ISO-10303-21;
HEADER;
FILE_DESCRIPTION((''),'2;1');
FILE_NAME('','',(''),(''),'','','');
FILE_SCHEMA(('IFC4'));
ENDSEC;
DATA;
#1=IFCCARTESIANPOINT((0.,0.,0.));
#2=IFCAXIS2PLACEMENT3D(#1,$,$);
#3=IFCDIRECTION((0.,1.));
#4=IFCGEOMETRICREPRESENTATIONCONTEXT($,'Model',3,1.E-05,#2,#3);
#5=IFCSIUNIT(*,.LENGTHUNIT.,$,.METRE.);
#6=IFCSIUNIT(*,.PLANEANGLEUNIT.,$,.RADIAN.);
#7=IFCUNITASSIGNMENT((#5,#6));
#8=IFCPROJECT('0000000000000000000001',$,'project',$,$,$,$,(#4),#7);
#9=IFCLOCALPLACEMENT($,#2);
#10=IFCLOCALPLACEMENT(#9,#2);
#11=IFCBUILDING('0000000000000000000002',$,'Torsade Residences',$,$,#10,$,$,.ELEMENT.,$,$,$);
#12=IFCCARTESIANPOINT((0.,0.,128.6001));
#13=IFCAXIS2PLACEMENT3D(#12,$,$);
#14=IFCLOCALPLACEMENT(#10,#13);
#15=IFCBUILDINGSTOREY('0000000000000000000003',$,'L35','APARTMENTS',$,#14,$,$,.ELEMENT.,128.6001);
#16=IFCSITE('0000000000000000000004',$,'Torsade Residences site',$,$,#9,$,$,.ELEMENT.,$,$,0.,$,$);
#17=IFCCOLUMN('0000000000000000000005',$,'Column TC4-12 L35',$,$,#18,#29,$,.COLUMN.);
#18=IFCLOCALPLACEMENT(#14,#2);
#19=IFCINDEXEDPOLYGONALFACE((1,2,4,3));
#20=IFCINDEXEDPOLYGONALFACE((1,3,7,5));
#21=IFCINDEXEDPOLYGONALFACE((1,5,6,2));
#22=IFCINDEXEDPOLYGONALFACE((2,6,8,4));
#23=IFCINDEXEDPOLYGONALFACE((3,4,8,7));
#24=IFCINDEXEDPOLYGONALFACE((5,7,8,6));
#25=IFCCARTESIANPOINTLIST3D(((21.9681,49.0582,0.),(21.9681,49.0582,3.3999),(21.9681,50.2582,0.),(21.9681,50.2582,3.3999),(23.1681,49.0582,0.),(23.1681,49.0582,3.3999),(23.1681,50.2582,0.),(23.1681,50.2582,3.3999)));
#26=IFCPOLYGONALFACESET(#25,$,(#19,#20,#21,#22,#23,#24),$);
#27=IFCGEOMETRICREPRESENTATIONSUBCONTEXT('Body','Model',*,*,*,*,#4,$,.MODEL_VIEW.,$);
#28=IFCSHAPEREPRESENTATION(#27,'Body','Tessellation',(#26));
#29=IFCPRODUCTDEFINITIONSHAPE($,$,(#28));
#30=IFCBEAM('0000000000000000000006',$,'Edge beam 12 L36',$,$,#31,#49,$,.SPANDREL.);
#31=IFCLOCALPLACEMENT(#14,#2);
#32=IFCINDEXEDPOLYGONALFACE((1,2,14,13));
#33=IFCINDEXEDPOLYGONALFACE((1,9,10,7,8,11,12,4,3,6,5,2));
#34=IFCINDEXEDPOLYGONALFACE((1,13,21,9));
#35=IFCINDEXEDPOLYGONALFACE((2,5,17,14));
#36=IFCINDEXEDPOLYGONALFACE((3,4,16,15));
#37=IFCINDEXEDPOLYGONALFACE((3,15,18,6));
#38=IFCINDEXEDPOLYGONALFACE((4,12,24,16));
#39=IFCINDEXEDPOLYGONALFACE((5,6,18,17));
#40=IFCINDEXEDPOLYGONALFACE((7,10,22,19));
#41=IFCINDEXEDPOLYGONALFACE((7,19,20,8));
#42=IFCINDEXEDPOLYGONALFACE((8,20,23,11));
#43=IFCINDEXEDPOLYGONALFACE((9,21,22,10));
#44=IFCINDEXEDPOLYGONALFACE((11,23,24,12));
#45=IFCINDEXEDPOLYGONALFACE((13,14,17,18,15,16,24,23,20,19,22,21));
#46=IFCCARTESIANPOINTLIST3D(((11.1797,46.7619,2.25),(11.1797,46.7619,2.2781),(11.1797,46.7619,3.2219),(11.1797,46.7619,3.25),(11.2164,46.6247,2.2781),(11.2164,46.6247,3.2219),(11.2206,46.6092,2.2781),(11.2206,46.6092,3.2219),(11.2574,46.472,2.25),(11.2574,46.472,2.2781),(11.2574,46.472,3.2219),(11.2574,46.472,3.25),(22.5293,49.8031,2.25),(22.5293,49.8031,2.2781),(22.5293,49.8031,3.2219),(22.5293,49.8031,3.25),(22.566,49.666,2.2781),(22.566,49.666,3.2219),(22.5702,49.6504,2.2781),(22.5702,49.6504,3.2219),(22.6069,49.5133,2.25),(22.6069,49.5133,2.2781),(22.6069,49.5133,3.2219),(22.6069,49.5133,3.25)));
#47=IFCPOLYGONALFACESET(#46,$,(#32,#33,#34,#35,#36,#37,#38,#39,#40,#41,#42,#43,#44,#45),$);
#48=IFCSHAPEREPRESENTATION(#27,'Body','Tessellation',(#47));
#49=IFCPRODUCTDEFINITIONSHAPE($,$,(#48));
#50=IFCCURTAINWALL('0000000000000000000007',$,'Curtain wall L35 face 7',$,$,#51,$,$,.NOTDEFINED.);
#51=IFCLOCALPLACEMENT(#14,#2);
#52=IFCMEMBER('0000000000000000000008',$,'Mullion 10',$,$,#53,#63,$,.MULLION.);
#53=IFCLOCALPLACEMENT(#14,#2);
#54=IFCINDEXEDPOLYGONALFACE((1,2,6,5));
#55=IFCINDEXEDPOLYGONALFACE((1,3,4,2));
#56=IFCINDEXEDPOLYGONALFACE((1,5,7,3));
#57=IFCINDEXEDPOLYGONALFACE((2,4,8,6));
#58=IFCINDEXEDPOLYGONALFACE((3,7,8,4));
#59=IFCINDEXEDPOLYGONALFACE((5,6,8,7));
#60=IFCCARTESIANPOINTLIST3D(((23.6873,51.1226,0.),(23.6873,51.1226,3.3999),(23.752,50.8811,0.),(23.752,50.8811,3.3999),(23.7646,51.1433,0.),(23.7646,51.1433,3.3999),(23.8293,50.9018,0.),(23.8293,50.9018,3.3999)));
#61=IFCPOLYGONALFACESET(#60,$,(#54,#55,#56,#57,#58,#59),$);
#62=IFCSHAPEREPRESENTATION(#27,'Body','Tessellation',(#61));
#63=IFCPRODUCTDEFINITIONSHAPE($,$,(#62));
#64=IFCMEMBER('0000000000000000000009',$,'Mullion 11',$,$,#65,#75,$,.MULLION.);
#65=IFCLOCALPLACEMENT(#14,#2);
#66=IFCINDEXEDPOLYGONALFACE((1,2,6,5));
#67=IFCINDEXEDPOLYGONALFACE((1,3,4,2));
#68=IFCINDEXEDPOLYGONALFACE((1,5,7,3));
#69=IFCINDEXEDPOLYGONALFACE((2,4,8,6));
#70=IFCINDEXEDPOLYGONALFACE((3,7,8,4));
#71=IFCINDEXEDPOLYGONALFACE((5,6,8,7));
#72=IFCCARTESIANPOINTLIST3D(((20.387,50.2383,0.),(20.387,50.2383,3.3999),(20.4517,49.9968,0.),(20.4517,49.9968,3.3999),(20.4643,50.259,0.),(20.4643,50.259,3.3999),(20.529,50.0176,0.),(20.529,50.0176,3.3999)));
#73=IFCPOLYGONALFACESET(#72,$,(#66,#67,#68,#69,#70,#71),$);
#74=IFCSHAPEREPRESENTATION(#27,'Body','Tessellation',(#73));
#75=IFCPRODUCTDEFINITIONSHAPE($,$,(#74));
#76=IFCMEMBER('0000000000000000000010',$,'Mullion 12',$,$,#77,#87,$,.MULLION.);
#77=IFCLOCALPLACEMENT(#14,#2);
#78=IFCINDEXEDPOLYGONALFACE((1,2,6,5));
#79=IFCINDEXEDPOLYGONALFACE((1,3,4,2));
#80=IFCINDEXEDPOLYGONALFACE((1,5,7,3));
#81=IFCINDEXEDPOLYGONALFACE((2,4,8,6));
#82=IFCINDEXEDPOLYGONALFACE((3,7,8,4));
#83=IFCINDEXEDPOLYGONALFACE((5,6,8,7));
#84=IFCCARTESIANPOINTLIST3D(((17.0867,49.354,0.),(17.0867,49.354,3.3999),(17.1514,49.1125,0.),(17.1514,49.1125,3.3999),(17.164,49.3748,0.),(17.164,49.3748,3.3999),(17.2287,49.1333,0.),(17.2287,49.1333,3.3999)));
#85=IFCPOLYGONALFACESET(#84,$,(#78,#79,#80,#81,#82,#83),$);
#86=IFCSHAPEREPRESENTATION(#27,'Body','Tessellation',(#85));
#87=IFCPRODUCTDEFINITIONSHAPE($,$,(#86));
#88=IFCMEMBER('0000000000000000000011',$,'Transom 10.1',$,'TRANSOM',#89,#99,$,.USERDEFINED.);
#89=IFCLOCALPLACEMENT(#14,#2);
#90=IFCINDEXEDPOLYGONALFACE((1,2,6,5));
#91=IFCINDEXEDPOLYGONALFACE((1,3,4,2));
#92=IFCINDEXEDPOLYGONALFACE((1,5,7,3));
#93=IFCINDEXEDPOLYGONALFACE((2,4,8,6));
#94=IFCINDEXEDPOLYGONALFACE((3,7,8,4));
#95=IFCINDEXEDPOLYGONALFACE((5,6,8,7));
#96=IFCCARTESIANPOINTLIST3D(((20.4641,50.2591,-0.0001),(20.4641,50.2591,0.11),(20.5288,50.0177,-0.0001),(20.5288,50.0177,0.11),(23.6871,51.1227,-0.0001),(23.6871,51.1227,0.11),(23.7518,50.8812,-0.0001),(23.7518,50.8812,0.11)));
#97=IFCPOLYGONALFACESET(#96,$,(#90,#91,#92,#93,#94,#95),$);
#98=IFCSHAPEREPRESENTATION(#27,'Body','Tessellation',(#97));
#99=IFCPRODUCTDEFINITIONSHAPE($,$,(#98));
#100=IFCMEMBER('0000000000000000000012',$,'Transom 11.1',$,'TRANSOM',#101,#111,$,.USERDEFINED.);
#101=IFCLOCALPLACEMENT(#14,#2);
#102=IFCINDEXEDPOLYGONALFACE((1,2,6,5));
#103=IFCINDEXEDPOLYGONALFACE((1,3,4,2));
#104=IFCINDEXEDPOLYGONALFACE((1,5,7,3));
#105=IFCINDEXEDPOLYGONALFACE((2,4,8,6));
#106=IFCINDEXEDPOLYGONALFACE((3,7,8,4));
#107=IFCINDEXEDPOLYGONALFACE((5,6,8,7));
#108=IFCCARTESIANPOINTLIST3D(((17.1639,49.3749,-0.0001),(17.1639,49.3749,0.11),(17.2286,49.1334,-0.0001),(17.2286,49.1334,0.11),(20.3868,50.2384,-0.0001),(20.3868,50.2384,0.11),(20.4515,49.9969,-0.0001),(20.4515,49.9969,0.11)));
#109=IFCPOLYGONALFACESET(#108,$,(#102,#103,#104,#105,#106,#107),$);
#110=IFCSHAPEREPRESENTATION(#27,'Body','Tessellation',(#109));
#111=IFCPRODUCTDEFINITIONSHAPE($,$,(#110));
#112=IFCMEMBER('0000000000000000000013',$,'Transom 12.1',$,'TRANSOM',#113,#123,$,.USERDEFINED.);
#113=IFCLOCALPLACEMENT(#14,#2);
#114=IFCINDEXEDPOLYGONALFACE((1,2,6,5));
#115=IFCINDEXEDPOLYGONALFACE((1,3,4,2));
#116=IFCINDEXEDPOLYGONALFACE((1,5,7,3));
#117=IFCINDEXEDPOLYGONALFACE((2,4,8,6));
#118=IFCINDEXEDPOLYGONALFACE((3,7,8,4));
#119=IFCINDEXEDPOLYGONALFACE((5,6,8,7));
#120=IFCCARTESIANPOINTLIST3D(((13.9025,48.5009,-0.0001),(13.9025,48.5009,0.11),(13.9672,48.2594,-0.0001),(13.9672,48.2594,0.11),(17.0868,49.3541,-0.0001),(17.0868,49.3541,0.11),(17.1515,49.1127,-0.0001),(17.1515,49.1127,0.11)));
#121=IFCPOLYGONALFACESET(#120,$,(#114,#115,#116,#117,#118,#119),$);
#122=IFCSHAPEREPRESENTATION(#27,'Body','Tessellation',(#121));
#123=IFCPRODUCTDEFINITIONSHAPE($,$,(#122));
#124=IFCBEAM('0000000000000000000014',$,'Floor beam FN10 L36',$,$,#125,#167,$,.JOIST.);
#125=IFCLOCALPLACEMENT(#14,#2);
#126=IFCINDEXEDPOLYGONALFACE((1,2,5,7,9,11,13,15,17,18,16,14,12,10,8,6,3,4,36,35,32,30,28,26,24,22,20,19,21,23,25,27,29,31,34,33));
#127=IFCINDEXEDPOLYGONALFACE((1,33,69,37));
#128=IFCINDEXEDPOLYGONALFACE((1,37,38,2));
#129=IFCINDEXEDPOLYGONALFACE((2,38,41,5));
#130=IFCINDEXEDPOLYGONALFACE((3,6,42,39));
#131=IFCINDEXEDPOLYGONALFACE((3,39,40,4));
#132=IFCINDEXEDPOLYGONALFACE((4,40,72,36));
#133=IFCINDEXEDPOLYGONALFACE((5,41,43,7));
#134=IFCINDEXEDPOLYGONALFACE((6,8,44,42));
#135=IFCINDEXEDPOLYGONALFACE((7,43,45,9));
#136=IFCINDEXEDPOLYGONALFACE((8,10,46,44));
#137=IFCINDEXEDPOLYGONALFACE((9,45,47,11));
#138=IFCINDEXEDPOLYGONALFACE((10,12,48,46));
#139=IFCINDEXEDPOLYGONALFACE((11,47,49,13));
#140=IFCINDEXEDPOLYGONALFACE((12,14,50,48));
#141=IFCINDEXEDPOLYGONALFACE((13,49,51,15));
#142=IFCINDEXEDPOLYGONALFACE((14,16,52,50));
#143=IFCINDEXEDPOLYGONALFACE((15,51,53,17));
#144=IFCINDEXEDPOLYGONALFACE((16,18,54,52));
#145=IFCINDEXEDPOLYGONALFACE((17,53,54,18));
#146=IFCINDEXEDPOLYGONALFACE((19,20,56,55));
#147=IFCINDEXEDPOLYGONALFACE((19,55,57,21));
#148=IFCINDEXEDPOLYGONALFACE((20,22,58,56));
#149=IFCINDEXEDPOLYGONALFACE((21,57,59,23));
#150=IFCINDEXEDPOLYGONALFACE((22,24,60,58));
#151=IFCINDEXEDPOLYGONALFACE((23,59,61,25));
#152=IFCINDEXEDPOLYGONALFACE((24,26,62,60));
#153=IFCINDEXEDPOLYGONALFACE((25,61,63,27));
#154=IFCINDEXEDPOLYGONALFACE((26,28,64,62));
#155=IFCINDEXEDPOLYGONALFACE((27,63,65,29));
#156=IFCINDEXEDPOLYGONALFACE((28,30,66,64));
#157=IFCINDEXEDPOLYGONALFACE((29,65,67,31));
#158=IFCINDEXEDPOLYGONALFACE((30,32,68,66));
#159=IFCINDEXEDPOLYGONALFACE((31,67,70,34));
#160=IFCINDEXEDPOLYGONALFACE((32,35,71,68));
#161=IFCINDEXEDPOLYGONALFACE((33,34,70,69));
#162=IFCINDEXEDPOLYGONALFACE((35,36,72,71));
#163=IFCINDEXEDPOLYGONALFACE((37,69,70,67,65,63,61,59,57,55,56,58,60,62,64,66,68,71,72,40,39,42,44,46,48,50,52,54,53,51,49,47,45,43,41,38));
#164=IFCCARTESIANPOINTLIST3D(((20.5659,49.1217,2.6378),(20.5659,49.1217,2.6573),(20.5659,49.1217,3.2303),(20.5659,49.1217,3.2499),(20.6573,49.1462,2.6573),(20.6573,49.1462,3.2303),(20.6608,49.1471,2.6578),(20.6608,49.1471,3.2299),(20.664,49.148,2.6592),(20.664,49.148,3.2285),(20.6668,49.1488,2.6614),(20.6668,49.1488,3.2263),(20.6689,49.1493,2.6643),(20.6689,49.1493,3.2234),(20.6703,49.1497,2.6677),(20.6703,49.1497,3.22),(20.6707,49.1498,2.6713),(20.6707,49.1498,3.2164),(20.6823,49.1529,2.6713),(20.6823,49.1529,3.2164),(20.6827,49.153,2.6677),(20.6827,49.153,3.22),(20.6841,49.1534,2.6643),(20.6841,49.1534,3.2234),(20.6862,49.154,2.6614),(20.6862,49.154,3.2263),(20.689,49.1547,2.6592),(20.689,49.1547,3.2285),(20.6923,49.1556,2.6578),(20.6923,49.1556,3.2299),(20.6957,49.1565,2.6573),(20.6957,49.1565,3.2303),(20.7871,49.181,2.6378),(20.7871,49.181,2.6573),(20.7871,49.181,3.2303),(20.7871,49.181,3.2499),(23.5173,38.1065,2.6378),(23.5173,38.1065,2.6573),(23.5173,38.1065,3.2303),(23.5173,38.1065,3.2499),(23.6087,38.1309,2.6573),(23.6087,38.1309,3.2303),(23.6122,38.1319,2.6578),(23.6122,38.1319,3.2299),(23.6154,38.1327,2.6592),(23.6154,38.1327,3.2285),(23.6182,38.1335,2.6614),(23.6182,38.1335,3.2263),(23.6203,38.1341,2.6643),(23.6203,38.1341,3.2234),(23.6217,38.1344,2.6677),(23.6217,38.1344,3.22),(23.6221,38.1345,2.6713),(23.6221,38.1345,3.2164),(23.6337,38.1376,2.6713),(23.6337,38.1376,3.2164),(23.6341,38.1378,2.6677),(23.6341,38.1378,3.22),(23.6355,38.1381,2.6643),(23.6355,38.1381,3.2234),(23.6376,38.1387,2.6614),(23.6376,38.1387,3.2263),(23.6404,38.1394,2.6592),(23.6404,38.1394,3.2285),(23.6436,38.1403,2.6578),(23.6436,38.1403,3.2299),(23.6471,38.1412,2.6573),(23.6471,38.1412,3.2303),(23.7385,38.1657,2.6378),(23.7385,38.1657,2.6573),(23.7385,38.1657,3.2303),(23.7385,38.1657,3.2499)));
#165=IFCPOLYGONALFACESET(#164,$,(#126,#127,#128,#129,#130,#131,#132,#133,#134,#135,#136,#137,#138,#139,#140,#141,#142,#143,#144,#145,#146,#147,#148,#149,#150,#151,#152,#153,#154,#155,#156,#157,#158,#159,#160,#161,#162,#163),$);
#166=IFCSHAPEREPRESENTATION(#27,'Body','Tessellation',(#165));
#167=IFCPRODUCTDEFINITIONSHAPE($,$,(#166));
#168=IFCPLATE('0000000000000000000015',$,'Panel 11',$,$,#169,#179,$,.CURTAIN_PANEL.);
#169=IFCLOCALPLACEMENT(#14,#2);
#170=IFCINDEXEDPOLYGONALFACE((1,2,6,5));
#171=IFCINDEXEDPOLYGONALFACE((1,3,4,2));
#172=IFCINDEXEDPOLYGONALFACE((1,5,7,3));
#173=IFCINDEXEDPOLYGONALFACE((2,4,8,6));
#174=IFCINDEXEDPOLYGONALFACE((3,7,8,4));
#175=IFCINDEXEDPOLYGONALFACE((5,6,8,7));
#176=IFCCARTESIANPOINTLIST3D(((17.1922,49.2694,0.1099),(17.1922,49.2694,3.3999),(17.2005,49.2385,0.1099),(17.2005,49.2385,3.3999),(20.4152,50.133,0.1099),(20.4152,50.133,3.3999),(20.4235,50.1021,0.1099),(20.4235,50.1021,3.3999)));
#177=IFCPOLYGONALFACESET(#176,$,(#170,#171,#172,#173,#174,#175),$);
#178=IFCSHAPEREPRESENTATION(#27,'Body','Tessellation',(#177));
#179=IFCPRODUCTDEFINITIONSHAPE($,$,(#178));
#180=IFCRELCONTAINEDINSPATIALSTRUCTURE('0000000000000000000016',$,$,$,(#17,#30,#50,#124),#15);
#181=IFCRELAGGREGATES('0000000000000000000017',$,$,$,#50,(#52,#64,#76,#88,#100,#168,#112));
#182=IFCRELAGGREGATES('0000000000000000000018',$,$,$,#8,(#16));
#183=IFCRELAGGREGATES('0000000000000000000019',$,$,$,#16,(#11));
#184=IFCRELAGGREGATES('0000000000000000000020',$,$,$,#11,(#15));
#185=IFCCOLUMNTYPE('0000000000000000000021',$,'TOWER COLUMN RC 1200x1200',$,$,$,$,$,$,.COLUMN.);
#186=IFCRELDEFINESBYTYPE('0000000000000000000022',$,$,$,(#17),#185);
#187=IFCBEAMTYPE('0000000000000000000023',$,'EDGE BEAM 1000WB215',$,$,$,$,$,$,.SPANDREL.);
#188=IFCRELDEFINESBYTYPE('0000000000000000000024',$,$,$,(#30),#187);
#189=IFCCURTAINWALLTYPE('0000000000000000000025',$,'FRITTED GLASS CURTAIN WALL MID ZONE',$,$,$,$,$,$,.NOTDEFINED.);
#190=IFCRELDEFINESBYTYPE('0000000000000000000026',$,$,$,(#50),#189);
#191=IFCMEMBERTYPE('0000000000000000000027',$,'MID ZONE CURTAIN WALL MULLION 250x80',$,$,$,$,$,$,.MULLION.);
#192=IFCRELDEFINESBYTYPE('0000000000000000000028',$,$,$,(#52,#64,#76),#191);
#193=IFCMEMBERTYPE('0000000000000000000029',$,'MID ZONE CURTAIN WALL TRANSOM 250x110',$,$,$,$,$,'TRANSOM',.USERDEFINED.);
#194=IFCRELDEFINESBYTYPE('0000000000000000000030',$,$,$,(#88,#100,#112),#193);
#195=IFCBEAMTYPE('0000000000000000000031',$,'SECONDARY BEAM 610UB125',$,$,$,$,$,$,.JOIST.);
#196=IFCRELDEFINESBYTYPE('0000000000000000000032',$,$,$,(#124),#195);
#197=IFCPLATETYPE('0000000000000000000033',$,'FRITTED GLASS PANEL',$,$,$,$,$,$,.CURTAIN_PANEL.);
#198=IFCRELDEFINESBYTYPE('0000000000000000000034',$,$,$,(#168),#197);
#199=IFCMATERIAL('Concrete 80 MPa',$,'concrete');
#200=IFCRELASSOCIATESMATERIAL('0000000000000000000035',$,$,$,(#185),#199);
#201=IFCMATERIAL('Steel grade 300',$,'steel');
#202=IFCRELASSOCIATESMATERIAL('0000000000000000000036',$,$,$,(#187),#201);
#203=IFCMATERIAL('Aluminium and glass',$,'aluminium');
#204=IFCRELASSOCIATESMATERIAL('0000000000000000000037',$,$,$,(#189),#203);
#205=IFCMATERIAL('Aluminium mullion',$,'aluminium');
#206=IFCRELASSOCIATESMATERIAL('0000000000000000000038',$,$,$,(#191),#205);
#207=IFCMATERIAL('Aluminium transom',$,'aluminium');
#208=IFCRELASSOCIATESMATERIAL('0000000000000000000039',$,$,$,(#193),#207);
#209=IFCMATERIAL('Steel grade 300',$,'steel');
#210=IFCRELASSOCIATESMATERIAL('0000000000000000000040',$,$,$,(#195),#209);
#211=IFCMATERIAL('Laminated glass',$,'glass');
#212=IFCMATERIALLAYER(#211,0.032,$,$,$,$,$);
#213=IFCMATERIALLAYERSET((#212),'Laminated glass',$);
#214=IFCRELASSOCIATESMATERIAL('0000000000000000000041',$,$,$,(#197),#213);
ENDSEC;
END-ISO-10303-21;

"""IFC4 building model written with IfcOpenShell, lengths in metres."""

from ifc_helpers import new_model, si_unit, direction, frame, origin, origin_2d, place, context, subcontext, project, spatial, rectangle, i_section, extrude, material, layer, layer_set, material_profile, profile_set, type_object, element, aggregate, save


model = new_model("IFC4")

# Units and contexts
model_context = context("Model", 3, precision=1e-05, world=origin(), true_north=direction((0.0, 1.0)))
body_context = subcontext(model_context, "Body", "Model", "MODEL_VIEW")
ifc_project = project(units=[si_unit("LENGTHUNIT", "METRE"), si_unit("PLANEANGLEUNIT", "RADIAN")], contexts=[model_context])

# Site, building, storey
site_placement = place(None, origin())
site = spatial("IfcSite", under=ifc_project, at=site_placement, Name="Torsade Residences site", CompositionType="ELEMENT", RefElevation=0.0)
building_placement = place(site_placement, origin())
building = spatial("IfcBuilding", under=site, at=building_placement, Name="Torsade Residences", CompositionType="ELEMENT")
storey_placement = place(building_placement, frame((0.0, 0.0, 128.6001)))
storey = spatial("IfcBuildingStorey", under=building, at=storey_placement, Name="L35", Description="APARTMENTS", CompositionType="ELEMENT", Elevation=128.6001)

# Column
ifc_material_1 = material(Name="Concrete 80 MPa", Category="concrete")
ifc_material_profile_1 = material_profile(ifc_material_1, rectangle(XDim=1.2, YDim=1.2, at=origin_2d()), Name="RC 1200x1200")
ifc_profile_set_1 = profile_set([ifc_material_profile_1], Name="Concrete 80 MPa")
column_type = type_object("IfcColumnType", Name="TOWER COLUMN RC 1200x1200", PredefinedType="COLUMN", material=ifc_profile_set_1)
column_placement = place(storey_placement, frame((22.5681, 49.6582, 0.0), z_axis=(0.0, 0.0, 1.0), x_axis=(1.0, 0.0, 0.0)))
element("IfcColumn", 1, at=column_placement, inside=storey, type_object=column_type, Name="Column TC4-12 L35", PredefinedType="COLUMN", context=body_context, shape_type="SweptSolid", body=[
    extrude(rectangle(XDim=1.2, YDim=1.2, at=origin_2d()), origin(), (0.0, 0.0, 1.0), 3.3999),
])

# Beam
ifc_material_2 = material(Name="Steel grade 300", Category="steel")
ifc_material_profile_2 = material_profile(ifc_material_2, i_section(OverallWidth=0.3, OverallDepth=1.0, WebThickness=0.0161, FlangeThickness=0.0281, at=origin_2d()), Name="1000WB215")
ifc_profile_set_2 = profile_set([ifc_material_profile_2], Name="Steel grade 300")
beam_type_1 = type_object("IfcBeamType", Name="EDGE BEAM 1000WB215", PredefinedType="SPANDREL", material=ifc_profile_set_2)
beam_1_placement = place(storey_placement, frame((22.5681, 49.6582, 2.75), z_axis=(-0.965923, -0.25883, 0.0), x_axis=(0.25883, -0.965923, 0.0)))
element("IfcBeam", 2, at=beam_1_placement, inside=storey, type_object=beam_type_1, Name="Edge beam 12 L36", PredefinedType="SPANDREL", context=body_context, shape_type="SweptSolid", body=[
    extrude(i_section(OverallWidth=0.3, OverallDepth=1.0, WebThickness=0.0161, FlangeThickness=0.0281, at=origin_2d()), origin(), (0.0, 0.0, 1.0), 11.75),
])

# Curtain wall, members
ifc_material_3 = material(Name="Aluminium and glass", Category="aluminium")
curtain_wall_type = type_object("IfcCurtainWallType", Name="FRITTED GLASS CURTAIN WALL MID ZONE", PredefinedType="NOTDEFINED", material=ifc_material_3)
curtain_wall_placement = place(storey_placement, origin())
curtain_wall = element("IfcCurtainWall", 3, at=curtain_wall_placement, inside=storey, type_object=curtain_wall_type, Name="Curtain wall L35 face 7", PredefinedType="NOTDEFINED")
ifc_material_4 = material(Name="Aluminium mullion", Category="aluminium")
ifc_material_profile_3 = material_profile(ifc_material_4, rectangle(XDim=0.25, YDim=0.0801, at=origin_2d()), Name="MID ZONE CURTAIN WALL MULLION 250x80")
ifc_profile_set_3 = profile_set([ifc_material_profile_3], Name="Aluminium mullion")
member_type_1 = type_object("IfcMemberType", Name="MID ZONE CURTAIN WALL MULLION 250x80", PredefinedType="MULLION", material=ifc_profile_set_3)
member_1_placement = place(storey_placement, frame((23.7583, 51.0122, 0.0), z_axis=(0.0, 0.0, 1.0), x_axis=(0.258819, -0.965926, 0.0)))
member_1 = element("IfcMember", 4, at=member_1_placement, type_object=member_type_1, Name="Mullion 10", PredefinedType="MULLION", context=body_context, shape_type="SweptSolid", body=[
    extrude(rectangle(XDim=0.25, YDim=0.0801, at=origin_2d()), origin(), (0.0, 0.0, 1.0), 3.3999),
])
member_2_placement = place(storey_placement, frame((20.458, 50.1279, 0.0), z_axis=(0.0, 0.0, 1.0), x_axis=(0.258819, -0.965926, 0.0)))
member_2 = element("IfcMember", 5, at=member_2_placement, type_object=member_type_1, Name="Mullion 11", PredefinedType="MULLION", context=body_context, shape_type="SweptSolid", body=[
    extrude(rectangle(XDim=0.25, YDim=0.0801, at=origin_2d()), origin(), (0.0, 0.0, 1.0), 3.3999),
])
member_3_placement = place(storey_placement, frame((17.1577, 49.2437, 0.0), z_axis=(0.0, 0.0, 1.0), x_axis=(0.258819, -0.965926, 0.0)))
member_3 = element("IfcMember", 6, at=member_3_placement, type_object=member_type_1, Name="Mullion 12", PredefinedType="MULLION", context=body_context, shape_type="SweptSolid", body=[
    extrude(rectangle(XDim=0.25, YDim=0.0801, at=origin_2d()), origin(), (0.0, 0.0, 1.0), 3.3999),
])
ifc_material_5 = material(Name="Aluminium transom", Category="aluminium")
ifc_material_profile_4 = material_profile(ifc_material_5, rectangle(XDim=0.25, YDim=0.1101, at=origin_2d()), Name="MID ZONE CURTAIN WALL TRANSOM 250x110")
ifc_profile_set_4 = profile_set([ifc_material_profile_4], Name="Aluminium transom")
member_type_2 = type_object("IfcMemberType", Name="MID ZONE CURTAIN WALL TRANSOM 250x110", ElementType="TRANSOM", PredefinedType="USERDEFINED", material=ifc_profile_set_4)
member_4_placement = place(storey_placement, frame((23.7195, 51.002, 0.0549), z_axis=(-0.965929, -0.258806, 0.0), x_axis=(0.258806, -0.965929, 0.0)))
member_4 = element("IfcMember", 7, at=member_4_placement, type_object=member_type_2, Name="Transom 10.1", ObjectType="TRANSOM", PredefinedType="USERDEFINED", context=body_context, shape_type="SweptSolid", body=[
    extrude(rectangle(XDim=0.25, YDim=0.1101, at=origin_2d()), origin(), (0.0, 0.0, 1.0), 3.3367),
])
member_5_placement = place(storey_placement, frame((20.4192, 50.1177, 0.0549), z_axis=(-0.965929, -0.258806, 0.0), x_axis=(0.258806, -0.965929, 0.0)))
member_5 = element("IfcMember", 8, at=member_5_placement, type_object=member_type_2, Name="Transom 11.1", ObjectType="TRANSOM", PredefinedType="USERDEFINED", context=body_context, shape_type="SweptSolid", body=[
    extrude(rectangle(XDim=0.25, YDim=0.1101, at=origin_2d()), origin(), (0.0, 0.0, 1.0), 3.3367),
])
member_6_placement = place(storey_placement, frame((17.1191, 49.2334, 0.0549), z_axis=(-0.965923, -0.258829, 0.0), x_axis=(0.258829, -0.965923, 0.0)))
member_6 = element("IfcMember", 9, at=member_6_placement, type_object=member_type_2, Name="Transom 12.1", ObjectType="TRANSOM", PredefinedType="USERDEFINED", context=body_context, shape_type="SweptSolid", body=[
    extrude(rectangle(XDim=0.25, YDim=0.1101, at=origin_2d()), origin(), (0.0, 0.0, 1.0), 3.2966),
])

# Beam
ifc_material_6 = material(Name="Steel grade 300", Category="steel")
ifc_material_profile_5 = material_profile(ifc_material_6, i_section(OverallWidth=0.229, OverallDepth=0.6121, WebThickness=0.012, FlangeThickness=0.0195, FilletRadius=0.0139, at=origin_2d()), Name="610UB125")
ifc_profile_set_5 = profile_set([ifc_material_profile_5], Name="Steel grade 300")
beam_type_2 = type_object("IfcBeamType", Name="SECONDARY BEAM 610UB125", PredefinedType="JOIST", material=ifc_profile_set_5)
beam_2_placement = place(storey_placement, frame((20.6765, 49.1514, 2.9438), z_axis=(0.258807, -0.965929, 0.0), x_axis=(0.965929, 0.258807, 0.0)))
element("IfcBeam", 10, at=beam_2_placement, inside=storey, type_object=beam_type_2, Name="Floor beam FN10 L36", PredefinedType="JOIST", context=body_context, shape_type="SweptSolid", body=[
    extrude(i_section(OverallWidth=0.229, OverallDepth=0.6121, WebThickness=0.012, FlangeThickness=0.0195, FilletRadius=0.0139, at=origin_2d()), origin(), (0.0, 0.0, 1.0), 11.4038),
])

# Plate
ifc_material_7 = material(Name="Laminated glass", Category="glass")
ifc_layer_1 = layer(ifc_material_7, 0.032)
ifc_layer_set_1 = layer_set([ifc_layer_1], Name="Laminated glass")
plate_type_1 = type_object("IfcPlateType", Name="FRITTED GLASS PANEL", PredefinedType="CURTAIN_PANEL", material=ifc_layer_set_1)
plate_1_placement = place(storey_placement, frame((18.8079, 49.6858, 0.1099), z_axis=(0.0, 0.0, 1.0), x_axis=(-0.965926, -0.258819, 0.0)))
plate_1 = element("IfcPlate", 11, at=plate_1_placement, type_object=plate_type_1, Name="Panel 11", PredefinedType="CURTAIN_PANEL", context=body_context, shape_type="SweptSolid", body=[
    extrude(rectangle(XDim=3.3367, YDim=0.032, at=origin_2d()), origin(), (0.0, 0.0, 1.0), 3.29),
])
aggregate(curtain_wall, [member_1, member_2, member_3, member_4, member_5, plate_1, member_6])

save(model, "model.ifc")
